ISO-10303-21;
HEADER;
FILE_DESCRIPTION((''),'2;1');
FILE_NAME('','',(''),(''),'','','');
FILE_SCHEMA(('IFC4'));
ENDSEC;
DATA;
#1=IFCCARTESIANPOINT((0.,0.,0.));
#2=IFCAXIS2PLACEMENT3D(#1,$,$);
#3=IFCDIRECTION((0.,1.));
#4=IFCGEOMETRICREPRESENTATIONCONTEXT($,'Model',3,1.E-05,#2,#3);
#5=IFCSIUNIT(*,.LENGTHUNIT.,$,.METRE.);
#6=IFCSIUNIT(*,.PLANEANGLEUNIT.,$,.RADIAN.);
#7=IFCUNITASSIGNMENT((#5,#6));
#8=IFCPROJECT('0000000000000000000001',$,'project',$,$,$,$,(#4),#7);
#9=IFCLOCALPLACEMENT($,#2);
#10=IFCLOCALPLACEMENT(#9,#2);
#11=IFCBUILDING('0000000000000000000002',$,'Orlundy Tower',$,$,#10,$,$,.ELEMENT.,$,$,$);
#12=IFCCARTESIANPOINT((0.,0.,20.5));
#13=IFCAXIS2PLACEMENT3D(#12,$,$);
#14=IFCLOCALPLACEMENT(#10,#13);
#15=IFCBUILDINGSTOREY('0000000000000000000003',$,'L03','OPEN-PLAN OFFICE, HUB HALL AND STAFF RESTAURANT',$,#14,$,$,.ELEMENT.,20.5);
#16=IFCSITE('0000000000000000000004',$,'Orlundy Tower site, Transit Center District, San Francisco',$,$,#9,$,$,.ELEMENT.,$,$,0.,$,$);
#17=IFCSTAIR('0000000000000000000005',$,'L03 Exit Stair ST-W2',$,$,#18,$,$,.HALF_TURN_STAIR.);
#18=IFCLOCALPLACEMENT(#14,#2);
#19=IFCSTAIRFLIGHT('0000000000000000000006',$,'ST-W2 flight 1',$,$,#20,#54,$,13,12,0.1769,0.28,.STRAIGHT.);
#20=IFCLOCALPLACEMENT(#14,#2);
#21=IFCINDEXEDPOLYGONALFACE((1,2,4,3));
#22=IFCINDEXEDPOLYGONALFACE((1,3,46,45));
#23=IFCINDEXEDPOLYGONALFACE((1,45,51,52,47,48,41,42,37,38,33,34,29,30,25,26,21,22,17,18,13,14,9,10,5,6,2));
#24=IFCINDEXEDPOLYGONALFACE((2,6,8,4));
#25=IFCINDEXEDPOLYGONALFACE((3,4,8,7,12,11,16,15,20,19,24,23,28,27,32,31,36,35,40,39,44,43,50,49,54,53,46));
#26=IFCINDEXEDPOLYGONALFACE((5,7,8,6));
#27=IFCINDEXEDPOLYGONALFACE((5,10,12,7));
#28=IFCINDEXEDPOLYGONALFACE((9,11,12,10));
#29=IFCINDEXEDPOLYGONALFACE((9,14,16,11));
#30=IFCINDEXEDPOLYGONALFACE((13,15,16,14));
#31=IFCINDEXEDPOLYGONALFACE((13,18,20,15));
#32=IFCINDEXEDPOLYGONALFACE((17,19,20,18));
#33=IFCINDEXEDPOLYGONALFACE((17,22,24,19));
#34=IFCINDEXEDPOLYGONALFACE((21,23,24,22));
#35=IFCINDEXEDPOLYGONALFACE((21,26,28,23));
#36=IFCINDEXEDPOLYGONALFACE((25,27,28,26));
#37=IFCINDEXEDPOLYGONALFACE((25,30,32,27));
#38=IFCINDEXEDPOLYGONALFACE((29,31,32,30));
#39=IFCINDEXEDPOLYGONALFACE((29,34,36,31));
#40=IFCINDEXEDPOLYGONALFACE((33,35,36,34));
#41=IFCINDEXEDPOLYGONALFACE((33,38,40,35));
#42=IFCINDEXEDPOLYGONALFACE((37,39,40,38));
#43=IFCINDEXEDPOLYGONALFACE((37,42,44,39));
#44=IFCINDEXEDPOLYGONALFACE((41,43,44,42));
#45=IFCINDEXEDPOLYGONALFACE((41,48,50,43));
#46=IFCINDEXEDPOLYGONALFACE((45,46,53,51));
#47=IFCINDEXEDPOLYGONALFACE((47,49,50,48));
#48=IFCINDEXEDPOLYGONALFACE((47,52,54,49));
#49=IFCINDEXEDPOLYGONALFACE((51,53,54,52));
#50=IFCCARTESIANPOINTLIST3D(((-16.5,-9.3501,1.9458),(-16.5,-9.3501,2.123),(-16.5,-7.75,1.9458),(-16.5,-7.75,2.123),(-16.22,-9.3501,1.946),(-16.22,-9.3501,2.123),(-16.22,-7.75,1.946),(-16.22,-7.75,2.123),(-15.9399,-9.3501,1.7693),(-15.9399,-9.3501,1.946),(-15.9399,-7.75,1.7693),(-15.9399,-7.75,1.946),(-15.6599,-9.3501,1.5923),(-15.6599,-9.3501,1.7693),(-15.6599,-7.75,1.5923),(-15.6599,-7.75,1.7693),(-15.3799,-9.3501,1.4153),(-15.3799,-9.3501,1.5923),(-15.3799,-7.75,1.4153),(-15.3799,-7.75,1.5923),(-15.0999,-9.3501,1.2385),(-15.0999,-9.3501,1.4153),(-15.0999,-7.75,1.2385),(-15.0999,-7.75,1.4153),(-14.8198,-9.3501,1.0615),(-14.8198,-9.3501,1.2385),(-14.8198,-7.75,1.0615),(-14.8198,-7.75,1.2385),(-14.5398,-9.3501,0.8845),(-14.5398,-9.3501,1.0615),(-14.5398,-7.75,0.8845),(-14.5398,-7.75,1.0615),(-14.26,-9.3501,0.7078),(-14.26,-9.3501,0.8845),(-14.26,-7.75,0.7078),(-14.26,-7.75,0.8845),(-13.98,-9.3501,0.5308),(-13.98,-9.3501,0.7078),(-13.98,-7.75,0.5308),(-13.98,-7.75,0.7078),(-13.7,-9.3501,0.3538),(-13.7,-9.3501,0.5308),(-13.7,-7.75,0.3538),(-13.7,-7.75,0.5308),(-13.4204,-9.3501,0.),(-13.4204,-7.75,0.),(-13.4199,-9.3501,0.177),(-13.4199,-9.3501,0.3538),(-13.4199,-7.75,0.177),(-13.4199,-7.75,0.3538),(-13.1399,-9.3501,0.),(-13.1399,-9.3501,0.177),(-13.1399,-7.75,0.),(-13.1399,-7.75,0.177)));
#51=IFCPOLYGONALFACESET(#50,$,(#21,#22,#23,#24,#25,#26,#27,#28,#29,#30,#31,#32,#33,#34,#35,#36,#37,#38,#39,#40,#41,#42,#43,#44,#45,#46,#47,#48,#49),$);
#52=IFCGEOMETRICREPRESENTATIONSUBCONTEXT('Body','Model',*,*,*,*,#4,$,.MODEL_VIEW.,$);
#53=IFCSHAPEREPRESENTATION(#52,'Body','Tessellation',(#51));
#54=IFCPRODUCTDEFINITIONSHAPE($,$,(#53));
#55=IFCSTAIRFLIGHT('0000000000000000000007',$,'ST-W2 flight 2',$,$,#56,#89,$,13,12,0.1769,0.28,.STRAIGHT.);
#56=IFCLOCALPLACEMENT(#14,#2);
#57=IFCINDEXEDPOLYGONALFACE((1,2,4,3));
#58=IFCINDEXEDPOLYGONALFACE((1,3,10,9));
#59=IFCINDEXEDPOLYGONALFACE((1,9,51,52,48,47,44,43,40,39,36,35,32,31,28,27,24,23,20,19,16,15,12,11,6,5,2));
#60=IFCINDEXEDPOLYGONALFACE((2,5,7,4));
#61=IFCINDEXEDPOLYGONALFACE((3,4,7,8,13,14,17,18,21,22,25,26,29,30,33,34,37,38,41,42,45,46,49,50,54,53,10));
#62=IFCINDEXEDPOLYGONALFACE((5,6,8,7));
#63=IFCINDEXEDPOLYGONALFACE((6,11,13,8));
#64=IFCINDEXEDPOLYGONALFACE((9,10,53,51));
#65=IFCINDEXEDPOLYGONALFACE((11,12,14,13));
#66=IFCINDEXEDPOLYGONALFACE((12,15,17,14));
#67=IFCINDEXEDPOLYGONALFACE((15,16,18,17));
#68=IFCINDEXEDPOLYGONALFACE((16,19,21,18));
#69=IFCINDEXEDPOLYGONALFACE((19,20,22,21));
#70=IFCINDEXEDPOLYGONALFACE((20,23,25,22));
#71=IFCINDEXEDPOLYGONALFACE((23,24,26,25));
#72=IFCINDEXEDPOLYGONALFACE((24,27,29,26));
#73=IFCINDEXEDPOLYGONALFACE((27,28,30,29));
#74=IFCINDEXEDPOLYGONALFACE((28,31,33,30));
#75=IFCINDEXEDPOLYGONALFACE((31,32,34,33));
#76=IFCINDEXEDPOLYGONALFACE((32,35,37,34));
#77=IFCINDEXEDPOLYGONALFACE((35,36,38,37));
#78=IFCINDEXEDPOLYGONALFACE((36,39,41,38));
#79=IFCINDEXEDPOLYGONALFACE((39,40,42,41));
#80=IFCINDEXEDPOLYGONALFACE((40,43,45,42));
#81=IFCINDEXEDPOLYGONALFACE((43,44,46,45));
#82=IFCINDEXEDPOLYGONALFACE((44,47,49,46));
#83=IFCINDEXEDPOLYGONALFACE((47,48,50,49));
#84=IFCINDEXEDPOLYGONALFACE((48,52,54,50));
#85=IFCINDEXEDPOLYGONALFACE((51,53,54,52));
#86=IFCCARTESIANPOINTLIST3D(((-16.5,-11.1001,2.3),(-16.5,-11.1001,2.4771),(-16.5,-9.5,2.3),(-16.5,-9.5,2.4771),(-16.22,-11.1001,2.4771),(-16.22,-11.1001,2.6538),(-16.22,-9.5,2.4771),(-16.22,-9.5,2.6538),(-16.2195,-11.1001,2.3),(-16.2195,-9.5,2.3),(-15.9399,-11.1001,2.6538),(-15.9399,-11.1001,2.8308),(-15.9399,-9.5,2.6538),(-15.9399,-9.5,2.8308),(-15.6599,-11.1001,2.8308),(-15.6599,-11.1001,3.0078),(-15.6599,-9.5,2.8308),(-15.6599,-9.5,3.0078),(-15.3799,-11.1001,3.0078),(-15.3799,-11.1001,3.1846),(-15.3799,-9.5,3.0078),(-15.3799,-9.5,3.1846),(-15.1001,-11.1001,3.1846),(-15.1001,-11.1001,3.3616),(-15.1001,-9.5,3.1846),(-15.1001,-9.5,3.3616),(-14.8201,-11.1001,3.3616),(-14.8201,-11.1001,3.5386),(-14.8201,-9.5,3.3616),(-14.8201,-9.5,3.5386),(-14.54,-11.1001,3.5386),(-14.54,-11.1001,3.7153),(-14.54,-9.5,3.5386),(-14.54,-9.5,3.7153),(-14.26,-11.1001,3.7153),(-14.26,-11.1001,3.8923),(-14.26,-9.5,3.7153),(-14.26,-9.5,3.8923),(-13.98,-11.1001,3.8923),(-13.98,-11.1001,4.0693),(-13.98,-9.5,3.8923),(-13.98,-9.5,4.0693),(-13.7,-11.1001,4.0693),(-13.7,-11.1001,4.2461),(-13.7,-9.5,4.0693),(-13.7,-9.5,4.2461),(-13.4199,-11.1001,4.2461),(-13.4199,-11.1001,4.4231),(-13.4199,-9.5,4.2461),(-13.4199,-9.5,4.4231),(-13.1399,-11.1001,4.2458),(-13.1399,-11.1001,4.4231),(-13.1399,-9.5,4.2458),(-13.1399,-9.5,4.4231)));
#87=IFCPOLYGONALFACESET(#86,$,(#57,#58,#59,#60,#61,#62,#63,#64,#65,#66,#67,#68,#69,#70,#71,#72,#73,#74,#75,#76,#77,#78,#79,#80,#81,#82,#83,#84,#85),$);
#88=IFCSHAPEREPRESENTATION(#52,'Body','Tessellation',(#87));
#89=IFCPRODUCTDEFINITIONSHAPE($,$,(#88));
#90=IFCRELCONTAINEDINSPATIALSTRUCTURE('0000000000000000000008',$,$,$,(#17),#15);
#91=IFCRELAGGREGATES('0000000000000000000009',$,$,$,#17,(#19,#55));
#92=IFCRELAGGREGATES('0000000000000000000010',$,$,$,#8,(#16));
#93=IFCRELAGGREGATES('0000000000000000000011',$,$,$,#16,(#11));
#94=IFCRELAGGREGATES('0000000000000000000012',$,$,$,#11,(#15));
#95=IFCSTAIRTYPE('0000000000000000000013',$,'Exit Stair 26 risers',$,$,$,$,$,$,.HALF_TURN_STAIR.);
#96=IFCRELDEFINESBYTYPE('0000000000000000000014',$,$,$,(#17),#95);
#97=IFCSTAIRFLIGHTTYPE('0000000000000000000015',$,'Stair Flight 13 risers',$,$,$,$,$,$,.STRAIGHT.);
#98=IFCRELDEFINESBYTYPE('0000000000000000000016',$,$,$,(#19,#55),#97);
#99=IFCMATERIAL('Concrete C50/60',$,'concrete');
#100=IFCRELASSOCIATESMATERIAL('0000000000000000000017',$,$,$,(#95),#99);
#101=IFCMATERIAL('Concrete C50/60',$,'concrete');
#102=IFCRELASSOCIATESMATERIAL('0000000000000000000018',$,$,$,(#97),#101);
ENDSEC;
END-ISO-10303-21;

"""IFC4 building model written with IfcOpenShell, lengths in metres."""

from ifc_helpers import new_model, si_unit, direction, frame, origin, place, context, subcontext, project, spatial, polyline, outline, extrude, material, type_object, element, aggregate, save


model = new_model("IFC4")

# Units and contexts
model_context = context("Model", 3, precision=1e-05, world=origin(), true_north=direction((0.0, 1.0)))
body_context = subcontext(model_context, "Body", "Model", "MODEL_VIEW")
ifc_project = project(units=[si_unit("LENGTHUNIT", "METRE"), si_unit("PLANEANGLEUNIT", "RADIAN")], contexts=[model_context])

# Site, building, storey
site_placement = place(None, origin())
site = spatial("IfcSite", under=ifc_project, at=site_placement, Name="Orlundy Tower site, Transit Center District, San Francisco", CompositionType="ELEMENT", RefElevation=0.0)
building_placement = place(site_placement, origin())
building = spatial("IfcBuilding", under=site, at=building_placement, Name="Orlundy Tower", CompositionType="ELEMENT")
storey_placement = place(building_placement, frame((0.0, 0.0, 20.5)))
storey = spatial("IfcBuildingStorey", under=building, at=storey_placement, Name="L03", Description="OPEN-PLAN OFFICE, HUB HALL AND STAFF RESTAURANT", CompositionType="ELEMENT", Elevation=20.5)

# Stair, stair flights
ifc_material_1 = material(Name="Concrete C50/60", Category="concrete")
stair_type = type_object("IfcStairType", Name="Exit Stair 26 risers", PredefinedType="HALF_TURN_STAIR", material=ifc_material_1)
stair_placement = place(storey_placement, origin())
stair = element("IfcStair", 1, at=stair_placement, inside=storey, type_object=stair_type, Name="L03 Exit Stair ST-W2", PredefinedType="HALF_TURN_STAIR")
ifc_material_2 = material(Name="Concrete C50/60", Category="concrete")
stair_flight_type = type_object("IfcStairFlightType", Name="Stair Flight 13 risers", PredefinedType="STRAIGHT", material=ifc_material_2)
stair_flight_1_placement = place(storey_placement, frame((-13.1399, -8.55, 0.0), z_axis=(0.0, 0.0, 1.0), x_axis=(-1.0, 0.0, 0.0)))
stair_flight_1 = element("IfcStairFlight", 2, at=stair_flight_1_placement, type_object=stair_flight_type, Name="ST-W2 flight 1", NumberOfRisers=13, NumberOfTreads=12, PredefinedType="STRAIGHT", RiserHeight=0.1769, TreadLength=0.28, context=body_context, shape_type="SweptSolid", body=[
    extrude(outline(polyline([(0.0, 0.0), (0.0, 0.177), (0.28, 0.177), (0.28, 0.3538), (0.5601, 0.3538), (0.5601, 0.5308), (0.8401, 0.5308), (0.8401, 0.7078), (1.1201, 0.7078), (1.1201, 0.8845), (1.3999, 0.8845), (1.3999, 1.0615), (1.6799, 1.0615), (1.6799, 1.2385), (1.96, 1.2385), (1.96, 1.4153), (2.24, 1.4153), (2.24, 1.5923), (2.52, 1.5923), (2.52, 1.7693), (2.8, 1.7693), (2.8, 1.946), (3.0801, 1.946), (3.0801, 2.123), (3.3601, 2.123), (3.3601, 2.3), (3.3601, 1.9458), (0.2805, 0.0), (0.0, 0.0)])), frame((0.0, 0.8, 0.0), z_axis=(0.0, -1.0, 0.0), x_axis=(1.0, 0.0, 0.0)), (0.0, 0.0, 1.0), 1.6001),
])
stair_flight_2_placement = place(storey_placement, frame((-16.5, -10.3, 2.3), z_axis=(0.0, 0.0, 1.0), x_axis=(1.0, 0.0, 0.0)))
stair_flight_2 = element("IfcStairFlight", 3, at=stair_flight_2_placement, type_object=stair_flight_type, Name="ST-W2 flight 2", NumberOfRisers=13, NumberOfTreads=12, PredefinedType="STRAIGHT", RiserHeight=0.1769, TreadLength=0.28, context=body_context, shape_type="SweptSolid", body=[
    extrude(outline(polyline([(0.0, 0.0), (0.0, 0.177), (0.28, 0.177), (0.28, 0.3538), (0.5601, 0.3538), (0.5601, 0.5308), (0.8401, 0.5308), (0.8401, 0.7078), (1.1201, 0.7078), (1.1201, 0.8845), (1.3999, 0.8845), (1.3999, 1.0615), (1.6799, 1.0615), (1.6799, 1.2385), (1.96, 1.2385), (1.96, 1.4153), (2.24, 1.4153), (2.24, 1.5923), (2.52, 1.5923), (2.52, 1.7693), (2.8, 1.7693), (2.8, 1.946), (3.0801, 1.946), (3.0801, 2.123), (3.3601, 2.123), (3.3601, 2.3), (3.3601, 1.9458), (0.2805, 0.0), (0.0, 0.0)])), frame((0.0, 0.8, 0.0), z_axis=(0.0, -1.0, 0.0), x_axis=(1.0, 0.0, 0.0)), (0.0, 0.0, 1.0), 1.6001),
])
aggregate(stair, [stair_flight_1, stair_flight_2])

save(model, "model.ifc")
